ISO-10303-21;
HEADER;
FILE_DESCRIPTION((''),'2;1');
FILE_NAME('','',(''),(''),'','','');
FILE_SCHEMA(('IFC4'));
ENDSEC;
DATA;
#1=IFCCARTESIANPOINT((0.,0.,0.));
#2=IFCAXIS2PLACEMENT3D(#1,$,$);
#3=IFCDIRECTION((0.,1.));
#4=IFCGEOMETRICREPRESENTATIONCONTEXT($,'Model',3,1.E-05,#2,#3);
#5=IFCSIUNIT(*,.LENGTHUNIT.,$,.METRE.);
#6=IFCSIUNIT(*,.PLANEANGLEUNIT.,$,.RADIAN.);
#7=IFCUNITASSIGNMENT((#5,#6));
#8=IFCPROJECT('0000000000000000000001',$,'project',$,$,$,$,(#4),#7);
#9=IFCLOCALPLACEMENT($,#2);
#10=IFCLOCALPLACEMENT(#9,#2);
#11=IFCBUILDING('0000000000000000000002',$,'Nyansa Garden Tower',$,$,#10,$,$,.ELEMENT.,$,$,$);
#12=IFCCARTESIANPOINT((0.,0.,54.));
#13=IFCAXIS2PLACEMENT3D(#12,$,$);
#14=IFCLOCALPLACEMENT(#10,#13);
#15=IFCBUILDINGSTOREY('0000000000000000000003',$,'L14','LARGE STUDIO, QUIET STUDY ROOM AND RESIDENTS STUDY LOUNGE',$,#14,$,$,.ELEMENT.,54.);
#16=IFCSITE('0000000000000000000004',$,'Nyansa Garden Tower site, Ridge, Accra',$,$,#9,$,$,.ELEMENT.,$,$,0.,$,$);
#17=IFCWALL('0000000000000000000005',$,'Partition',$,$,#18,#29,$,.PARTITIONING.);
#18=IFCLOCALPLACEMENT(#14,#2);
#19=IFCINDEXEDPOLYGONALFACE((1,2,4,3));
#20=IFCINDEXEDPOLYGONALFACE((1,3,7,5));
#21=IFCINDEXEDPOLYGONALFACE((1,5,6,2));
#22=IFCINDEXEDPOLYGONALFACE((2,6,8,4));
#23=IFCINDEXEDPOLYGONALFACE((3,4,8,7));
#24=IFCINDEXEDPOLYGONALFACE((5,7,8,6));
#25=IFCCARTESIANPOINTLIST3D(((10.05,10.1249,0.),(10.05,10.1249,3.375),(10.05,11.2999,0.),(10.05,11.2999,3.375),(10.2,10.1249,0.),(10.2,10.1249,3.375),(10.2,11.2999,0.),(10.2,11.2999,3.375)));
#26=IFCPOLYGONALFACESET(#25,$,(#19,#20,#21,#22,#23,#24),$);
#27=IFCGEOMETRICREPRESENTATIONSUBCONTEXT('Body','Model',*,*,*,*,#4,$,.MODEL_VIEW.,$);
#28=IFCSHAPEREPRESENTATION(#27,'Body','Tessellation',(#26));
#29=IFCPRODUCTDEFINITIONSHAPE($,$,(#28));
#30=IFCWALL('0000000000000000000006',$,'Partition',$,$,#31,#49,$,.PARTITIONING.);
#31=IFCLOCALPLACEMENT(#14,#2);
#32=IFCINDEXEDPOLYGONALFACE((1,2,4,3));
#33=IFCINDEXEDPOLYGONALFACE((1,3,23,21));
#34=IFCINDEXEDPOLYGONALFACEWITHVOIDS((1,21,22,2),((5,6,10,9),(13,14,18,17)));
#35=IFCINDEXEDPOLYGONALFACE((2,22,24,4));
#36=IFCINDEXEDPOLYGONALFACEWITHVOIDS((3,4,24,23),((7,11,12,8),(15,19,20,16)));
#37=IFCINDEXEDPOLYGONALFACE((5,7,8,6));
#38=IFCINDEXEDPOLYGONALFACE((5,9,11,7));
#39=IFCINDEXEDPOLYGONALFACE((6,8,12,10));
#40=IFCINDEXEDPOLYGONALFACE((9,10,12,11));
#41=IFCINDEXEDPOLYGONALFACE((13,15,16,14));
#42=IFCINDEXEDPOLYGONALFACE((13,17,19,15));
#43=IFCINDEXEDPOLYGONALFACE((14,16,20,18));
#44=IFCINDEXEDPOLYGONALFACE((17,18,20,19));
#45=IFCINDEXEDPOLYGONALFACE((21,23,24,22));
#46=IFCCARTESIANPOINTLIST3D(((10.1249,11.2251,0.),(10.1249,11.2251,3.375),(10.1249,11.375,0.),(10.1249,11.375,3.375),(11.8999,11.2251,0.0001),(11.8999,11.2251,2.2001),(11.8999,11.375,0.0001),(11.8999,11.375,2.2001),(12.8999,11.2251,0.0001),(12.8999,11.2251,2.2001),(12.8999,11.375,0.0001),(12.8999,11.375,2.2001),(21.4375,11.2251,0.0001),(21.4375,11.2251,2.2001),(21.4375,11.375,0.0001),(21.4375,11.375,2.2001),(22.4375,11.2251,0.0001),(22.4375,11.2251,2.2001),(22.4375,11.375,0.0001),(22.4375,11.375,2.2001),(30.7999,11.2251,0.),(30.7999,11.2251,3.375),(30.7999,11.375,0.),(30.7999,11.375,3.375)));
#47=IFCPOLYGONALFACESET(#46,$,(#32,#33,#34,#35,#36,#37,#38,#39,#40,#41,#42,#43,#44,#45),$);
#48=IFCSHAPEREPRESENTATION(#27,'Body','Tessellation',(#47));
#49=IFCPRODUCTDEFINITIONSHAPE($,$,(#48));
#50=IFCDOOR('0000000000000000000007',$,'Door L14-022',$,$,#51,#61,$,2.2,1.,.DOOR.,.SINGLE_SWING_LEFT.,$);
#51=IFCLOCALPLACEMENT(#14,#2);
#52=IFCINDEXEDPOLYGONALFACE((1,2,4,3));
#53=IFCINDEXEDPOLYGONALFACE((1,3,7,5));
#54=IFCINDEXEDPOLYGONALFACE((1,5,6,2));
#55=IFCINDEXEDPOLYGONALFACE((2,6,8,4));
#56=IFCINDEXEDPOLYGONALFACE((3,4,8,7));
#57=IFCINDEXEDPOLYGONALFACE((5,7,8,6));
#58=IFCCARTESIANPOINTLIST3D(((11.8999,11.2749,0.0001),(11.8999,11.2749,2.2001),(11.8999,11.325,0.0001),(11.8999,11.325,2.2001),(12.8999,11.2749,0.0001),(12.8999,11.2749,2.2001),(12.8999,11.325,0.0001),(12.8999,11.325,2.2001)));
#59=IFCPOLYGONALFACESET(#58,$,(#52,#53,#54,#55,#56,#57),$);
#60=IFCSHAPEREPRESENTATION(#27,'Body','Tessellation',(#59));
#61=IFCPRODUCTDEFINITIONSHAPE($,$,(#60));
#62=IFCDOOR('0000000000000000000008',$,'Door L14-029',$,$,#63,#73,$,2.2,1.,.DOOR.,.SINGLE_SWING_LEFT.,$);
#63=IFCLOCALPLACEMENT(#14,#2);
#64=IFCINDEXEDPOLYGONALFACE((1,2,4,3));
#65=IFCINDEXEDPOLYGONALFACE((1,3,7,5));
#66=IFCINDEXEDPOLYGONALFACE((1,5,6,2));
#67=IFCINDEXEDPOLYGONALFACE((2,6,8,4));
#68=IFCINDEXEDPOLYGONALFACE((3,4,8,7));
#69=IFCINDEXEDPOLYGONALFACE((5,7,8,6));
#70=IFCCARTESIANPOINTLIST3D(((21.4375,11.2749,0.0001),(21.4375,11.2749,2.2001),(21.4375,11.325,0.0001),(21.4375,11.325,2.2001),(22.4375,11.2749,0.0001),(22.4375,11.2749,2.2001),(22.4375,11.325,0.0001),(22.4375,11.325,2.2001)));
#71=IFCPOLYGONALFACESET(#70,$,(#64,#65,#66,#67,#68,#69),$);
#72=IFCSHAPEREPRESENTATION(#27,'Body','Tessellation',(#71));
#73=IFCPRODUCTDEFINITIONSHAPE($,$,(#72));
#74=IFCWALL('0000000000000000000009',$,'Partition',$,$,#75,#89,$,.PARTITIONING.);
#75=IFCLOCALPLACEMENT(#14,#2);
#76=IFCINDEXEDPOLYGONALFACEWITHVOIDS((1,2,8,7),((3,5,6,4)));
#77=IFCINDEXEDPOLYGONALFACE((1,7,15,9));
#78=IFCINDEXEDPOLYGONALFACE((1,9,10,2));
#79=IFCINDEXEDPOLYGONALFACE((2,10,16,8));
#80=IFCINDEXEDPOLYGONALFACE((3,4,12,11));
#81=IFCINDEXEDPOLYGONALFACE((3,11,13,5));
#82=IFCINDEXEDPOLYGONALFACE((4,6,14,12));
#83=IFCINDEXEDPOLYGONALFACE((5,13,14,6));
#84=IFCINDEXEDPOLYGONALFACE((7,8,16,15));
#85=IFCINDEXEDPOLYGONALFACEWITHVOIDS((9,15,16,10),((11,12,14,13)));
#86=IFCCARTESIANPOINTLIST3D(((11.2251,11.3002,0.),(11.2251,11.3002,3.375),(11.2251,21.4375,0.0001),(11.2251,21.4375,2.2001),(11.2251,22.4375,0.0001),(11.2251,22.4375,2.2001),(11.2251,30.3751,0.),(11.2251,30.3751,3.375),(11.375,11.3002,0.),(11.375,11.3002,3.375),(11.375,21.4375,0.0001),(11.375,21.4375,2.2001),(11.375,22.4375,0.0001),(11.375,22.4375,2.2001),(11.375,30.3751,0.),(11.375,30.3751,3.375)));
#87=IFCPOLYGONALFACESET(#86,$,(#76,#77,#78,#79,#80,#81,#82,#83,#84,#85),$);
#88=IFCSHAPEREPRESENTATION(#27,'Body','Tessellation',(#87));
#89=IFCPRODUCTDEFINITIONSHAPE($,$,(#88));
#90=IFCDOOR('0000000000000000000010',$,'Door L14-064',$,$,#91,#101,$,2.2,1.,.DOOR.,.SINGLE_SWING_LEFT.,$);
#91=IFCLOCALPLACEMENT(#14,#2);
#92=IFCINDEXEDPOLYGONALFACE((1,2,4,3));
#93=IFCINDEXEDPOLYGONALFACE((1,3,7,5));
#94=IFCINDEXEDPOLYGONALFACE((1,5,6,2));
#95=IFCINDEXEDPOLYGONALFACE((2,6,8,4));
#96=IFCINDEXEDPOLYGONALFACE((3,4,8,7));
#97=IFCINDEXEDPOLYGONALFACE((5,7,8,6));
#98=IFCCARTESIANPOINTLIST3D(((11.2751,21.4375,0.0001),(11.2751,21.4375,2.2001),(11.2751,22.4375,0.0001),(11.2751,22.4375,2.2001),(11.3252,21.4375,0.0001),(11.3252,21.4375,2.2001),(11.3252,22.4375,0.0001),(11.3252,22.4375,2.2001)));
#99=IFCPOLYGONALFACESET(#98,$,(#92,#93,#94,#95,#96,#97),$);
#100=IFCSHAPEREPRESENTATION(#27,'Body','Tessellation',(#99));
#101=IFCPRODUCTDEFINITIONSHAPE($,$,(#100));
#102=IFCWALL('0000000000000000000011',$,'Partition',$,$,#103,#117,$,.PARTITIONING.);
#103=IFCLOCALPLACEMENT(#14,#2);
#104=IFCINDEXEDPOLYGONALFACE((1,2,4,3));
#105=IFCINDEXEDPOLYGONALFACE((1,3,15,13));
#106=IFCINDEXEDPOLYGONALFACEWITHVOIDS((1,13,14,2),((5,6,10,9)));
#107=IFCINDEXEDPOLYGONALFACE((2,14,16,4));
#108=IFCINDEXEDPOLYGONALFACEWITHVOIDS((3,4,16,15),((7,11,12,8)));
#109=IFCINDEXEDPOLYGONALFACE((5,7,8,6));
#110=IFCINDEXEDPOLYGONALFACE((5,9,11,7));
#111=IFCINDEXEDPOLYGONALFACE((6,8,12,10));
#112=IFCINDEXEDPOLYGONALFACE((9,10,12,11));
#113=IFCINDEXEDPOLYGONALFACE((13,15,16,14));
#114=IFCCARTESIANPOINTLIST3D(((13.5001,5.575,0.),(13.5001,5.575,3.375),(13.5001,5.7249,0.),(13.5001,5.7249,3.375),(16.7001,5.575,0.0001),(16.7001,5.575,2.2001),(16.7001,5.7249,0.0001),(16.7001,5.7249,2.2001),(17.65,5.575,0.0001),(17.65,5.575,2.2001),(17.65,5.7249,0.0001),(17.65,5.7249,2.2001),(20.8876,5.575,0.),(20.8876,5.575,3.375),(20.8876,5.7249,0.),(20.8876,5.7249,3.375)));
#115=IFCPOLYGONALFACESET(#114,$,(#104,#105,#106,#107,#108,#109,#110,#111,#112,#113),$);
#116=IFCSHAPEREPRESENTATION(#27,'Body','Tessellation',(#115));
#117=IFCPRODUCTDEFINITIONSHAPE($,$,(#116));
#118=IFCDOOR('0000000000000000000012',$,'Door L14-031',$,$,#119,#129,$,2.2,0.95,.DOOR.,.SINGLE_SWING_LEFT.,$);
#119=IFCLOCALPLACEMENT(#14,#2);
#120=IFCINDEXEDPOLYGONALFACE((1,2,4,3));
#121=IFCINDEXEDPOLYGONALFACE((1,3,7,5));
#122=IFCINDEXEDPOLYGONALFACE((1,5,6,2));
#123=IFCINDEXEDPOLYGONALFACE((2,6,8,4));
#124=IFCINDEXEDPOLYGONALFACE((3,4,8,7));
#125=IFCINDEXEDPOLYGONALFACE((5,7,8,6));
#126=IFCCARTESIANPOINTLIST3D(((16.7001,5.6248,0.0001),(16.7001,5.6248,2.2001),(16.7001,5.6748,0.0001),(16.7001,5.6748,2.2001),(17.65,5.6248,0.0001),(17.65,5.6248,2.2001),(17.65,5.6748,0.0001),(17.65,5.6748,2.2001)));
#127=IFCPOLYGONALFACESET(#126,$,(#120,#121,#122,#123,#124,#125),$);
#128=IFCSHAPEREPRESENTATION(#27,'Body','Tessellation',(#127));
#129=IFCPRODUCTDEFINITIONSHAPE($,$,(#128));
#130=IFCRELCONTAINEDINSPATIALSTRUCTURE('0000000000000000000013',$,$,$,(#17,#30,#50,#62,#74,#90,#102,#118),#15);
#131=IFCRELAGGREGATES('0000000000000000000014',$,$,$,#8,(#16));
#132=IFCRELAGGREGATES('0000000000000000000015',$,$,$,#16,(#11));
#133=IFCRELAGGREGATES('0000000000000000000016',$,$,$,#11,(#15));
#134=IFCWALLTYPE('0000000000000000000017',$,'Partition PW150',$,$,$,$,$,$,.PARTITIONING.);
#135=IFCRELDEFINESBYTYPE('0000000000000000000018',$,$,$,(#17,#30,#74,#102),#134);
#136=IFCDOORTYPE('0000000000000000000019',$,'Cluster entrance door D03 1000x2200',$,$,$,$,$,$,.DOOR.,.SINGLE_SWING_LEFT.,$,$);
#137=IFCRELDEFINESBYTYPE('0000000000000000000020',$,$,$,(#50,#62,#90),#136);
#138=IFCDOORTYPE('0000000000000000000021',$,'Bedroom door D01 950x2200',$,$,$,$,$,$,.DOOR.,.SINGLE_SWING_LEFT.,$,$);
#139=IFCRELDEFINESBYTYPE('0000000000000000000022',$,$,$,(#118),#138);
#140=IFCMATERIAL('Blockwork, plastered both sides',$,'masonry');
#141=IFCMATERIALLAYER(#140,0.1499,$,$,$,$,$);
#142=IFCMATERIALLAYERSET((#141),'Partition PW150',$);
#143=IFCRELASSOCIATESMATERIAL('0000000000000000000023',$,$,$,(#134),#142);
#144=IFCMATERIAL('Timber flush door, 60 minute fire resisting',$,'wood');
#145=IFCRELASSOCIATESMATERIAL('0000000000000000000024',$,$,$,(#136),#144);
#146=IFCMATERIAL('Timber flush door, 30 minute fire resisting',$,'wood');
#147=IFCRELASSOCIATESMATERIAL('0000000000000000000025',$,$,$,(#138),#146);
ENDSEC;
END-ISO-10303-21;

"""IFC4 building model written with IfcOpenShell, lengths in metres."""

from ifc_helpers import new_model, si_unit, direction, frame, frame_2d, origin, place, context, subcontext, project, spatial, rectangle, extrude, material, layer, layer_set, type_object, element, fill, save


model = new_model("IFC4")

# Units and contexts
model_context = context("Model", 3, precision=1e-05, world=origin(), true_north=direction((0.0, 1.0)))
body_context = subcontext(model_context, "Body", "Model", "MODEL_VIEW")
ifc_project = project(units=[si_unit("LENGTHUNIT", "METRE"), si_unit("PLANEANGLEUNIT", "RADIAN")], contexts=[model_context])

# Site, building, storey
site_placement = place(None, origin())
site = spatial("IfcSite", under=ifc_project, at=site_placement, Name="Nyansa Garden Tower site, Ridge, Accra", CompositionType="ELEMENT", RefElevation=0.0)
building_placement = place(site_placement, origin())
building = spatial("IfcBuilding", under=site, at=building_placement, Name="Nyansa Garden Tower", CompositionType="ELEMENT")
storey_placement = place(building_placement, frame((0.0, 0.0, 54.0)))
storey = spatial("IfcBuildingStorey", under=building, at=storey_placement, Name="L14", Description="LARGE STUDIO, QUIET STUDY ROOM AND RESIDENTS STUDY LOUNGE", CompositionType="ELEMENT", Elevation=54.0)

# Wall
ifc_material_1 = material(Name="Blockwork, plastered both sides", Category="masonry")
ifc_layer = layer(ifc_material_1, 0.1499)
ifc_layer_set = layer_set([ifc_layer], Name="Partition PW150")
wall_type = type_object("IfcWallType", Name="Partition PW150", PredefinedType="PARTITIONING", material=ifc_layer_set)
wall_1_placement = place(storey_placement, frame((10.125, 10.125, 0.0), z_axis=(0.0, 0.0, 1.0), x_axis=(0.0, 1.0, 0.0)))
element("IfcWall", 1, at=wall_1_placement, inside=storey, type_object=wall_type, Name="Partition", PredefinedType="PARTITIONING", context=body_context, shape_type="SweptSolid", body=[
    extrude(rectangle(XDim=1.175, YDim=0.1499, at=frame_2d((0.5874, 0.0))), origin(), (0.0, 0.0, 1.0), 3.375),
])

# Wall, openings, doors
wall_2_placement = place(storey_placement, frame((10.125, 11.3, 0.0), z_axis=(0.0, 0.0, 1.0), x_axis=(1.0, 0.0, 0.0)))
wall_2 = element("IfcWall", 2, at=wall_2_placement, inside=storey, type_object=wall_type, Name="Partition", PredefinedType="PARTITIONING", context=body_context, shape_type="SweptSolid", body=[
    extrude(rectangle(XDim=20.675, YDim=0.1499, at=frame_2d((10.3374, 0.0))), origin(), (0.0, 0.0, 1.0), 3.375),
])
opening_1_placement = place(wall_2_placement, frame((1.7749, 0.0, 0.0)))
opening_1 = element("IfcOpeningElement", 3, at=opening_1_placement, cuts=wall_2, PredefinedType="OPENING", context=body_context, shape_type="SweptSolid", body=[
    extrude(rectangle(XDim=1.0, YDim=2.2, at=frame_2d((0.5, 1.1001))), frame((0.0, 0.085, 0.0), z_axis=(0.0, -1.0, 0.0), x_axis=(1.0, 0.0, 0.0)), (0.0, 0.0, 1.0), 0.1699),
])
opening_2_placement = place(wall_2_placement, frame((11.3125, 0.0, 0.0)))
opening_2 = element("IfcOpeningElement", 4, at=opening_2_placement, cuts=wall_2, PredefinedType="OPENING", context=body_context, shape_type="SweptSolid", body=[
    extrude(rectangle(XDim=1.0, YDim=2.2, at=frame_2d((0.5, 1.1001))), frame((0.0, 0.085, 0.0), z_axis=(0.0, -1.0, 0.0), x_axis=(1.0, 0.0, 0.0)), (0.0, 0.0, 1.0), 0.1699),
])
ifc_material_2 = material(Name="Timber flush door, 60 minute fire resisting", Category="wood")
door_type_1 = type_object("IfcDoorType", Name="Cluster entrance door D03 1000x2200", OperationType="SINGLE_SWING_LEFT", PredefinedType="DOOR", material=ifc_material_2)
door_1_placement = place(opening_1_placement, origin())
door_1 = element("IfcDoor", 5, at=door_1_placement, inside=storey, type_object=door_type_1, Name="Door L14-022", OperationType="SINGLE_SWING_LEFT", OverallHeight=2.2, OverallWidth=1.0, PredefinedType="DOOR", context=body_context, shape_type="SweptSolid", body=[
    extrude(rectangle(XDim=1.0, YDim=2.2, at=frame_2d((0.5, 1.1001))), frame((0.0, 0.0249, 0.0), z_axis=(0.0, -1.0, 0.0), x_axis=(1.0, 0.0, 0.0)), (0.0, 0.0, 1.0), 0.05),
])
fill(opening_1, door_1)
door_2_placement = place(opening_2_placement, origin())
door_2 = element("IfcDoor", 6, at=door_2_placement, inside=storey, type_object=door_type_1, Name="Door L14-029", OperationType="SINGLE_SWING_LEFT", OverallHeight=2.2, OverallWidth=1.0, PredefinedType="DOOR", context=body_context, shape_type="SweptSolid", body=[
    extrude(rectangle(XDim=1.0, YDim=2.2, at=frame_2d((0.5, 1.1001))), frame((0.0, 0.0249, 0.0), z_axis=(0.0, -1.0, 0.0), x_axis=(1.0, 0.0, 0.0)), (0.0, 0.0, 1.0), 0.05),
])
fill(opening_2, door_2)

# Walls, openings, doors
wall_3_placement = place(storey_placement, frame((11.3, 11.3, 0.0), z_axis=(0.0, 0.0, 1.0), x_axis=(0.0, 1.0, 0.0)))
wall_3 = element("IfcWall", 7, at=wall_3_placement, inside=storey, type_object=wall_type, Name="Partition", PredefinedType="PARTITIONING", context=body_context, shape_type="SweptSolid", body=[
    extrude(rectangle(XDim=19.075, YDim=0.1499, at=frame_2d((9.5376, 0.0))), origin(), (0.0, 0.0, 1.0), 3.375),
])
opening_3_placement = place(wall_3_placement, frame((10.1375, 0.0, 0.0)))
opening_3 = element("IfcOpeningElement", 8, at=opening_3_placement, cuts=wall_3, PredefinedType="OPENING", context=body_context, shape_type="SweptSolid", body=[
    extrude(rectangle(XDim=1.0, YDim=2.2, at=frame_2d((0.5, 1.1001))), frame((0.0, 0.085, 0.0), z_axis=(0.0, -1.0, 0.0), x_axis=(1.0, 0.0, 0.0)), (0.0, 0.0, 1.0), 0.1699),
])
door_3_placement = place(opening_3_placement, origin())
door_3 = element("IfcDoor", 9, at=door_3_placement, inside=storey, type_object=door_type_1, Name="Door L14-064", OperationType="SINGLE_SWING_LEFT", OverallHeight=2.2, OverallWidth=1.0, PredefinedType="DOOR", context=body_context, shape_type="SweptSolid", body=[
    extrude(rectangle(XDim=1.0, YDim=2.2, at=frame_2d((0.5, 1.1001))), frame((0.0, 0.0249, 0.0), z_axis=(0.0, -1.0, 0.0), x_axis=(1.0, 0.0, 0.0)), (0.0, 0.0, 1.0), 0.05),
])
fill(opening_3, door_3)
wall_4_placement = place(storey_placement, frame((13.5, 5.6499, 0.0), z_axis=(0.0, 0.0, 1.0), x_axis=(1.0, 0.0, 0.0)))
wall_4 = element("IfcWall", 10, at=wall_4_placement, inside=storey, type_object=wall_type, Name="Partition", PredefinedType="PARTITIONING", context=body_context, shape_type="SweptSolid", body=[
    extrude(rectangle(XDim=7.3875, YDim=0.1499, at=frame_2d((3.6938, 0.0))), origin(), (0.0, 0.0, 1.0), 3.375),
])
opening_4_placement = place(wall_4_placement, frame((3.2, 0.0, 0.0)))
opening_4 = element("IfcOpeningElement", 11, at=opening_4_placement, cuts=wall_4, PredefinedType="OPENING", context=body_context, shape_type="SweptSolid", body=[
    extrude(rectangle(XDim=0.95, YDim=2.2, at=frame_2d((0.4751, 1.1001))), frame((0.0, 0.085, 0.0), z_axis=(0.0, -1.0, 0.0), x_axis=(1.0, 0.0, 0.0)), (0.0, 0.0, 1.0), 0.1699),
])
ifc_material_3 = material(Name="Timber flush door, 30 minute fire resisting", Category="wood")
door_type_2 = type_object("IfcDoorType", Name="Bedroom door D01 950x2200", OperationType="SINGLE_SWING_LEFT", PredefinedType="DOOR", material=ifc_material_3)
door_4_placement = place(opening_4_placement, origin())
door_4 = element("IfcDoor", 12, at=door_4_placement, inside=storey, type_object=door_type_2, Name="Door L14-031", OperationType="SINGLE_SWING_LEFT", OverallHeight=2.2, OverallWidth=0.95, PredefinedType="DOOR", context=body_context, shape_type="SweptSolid", body=[
    extrude(rectangle(XDim=0.95, YDim=2.2, at=frame_2d((0.4751, 1.1001))), frame((0.0, 0.0249, 0.0), z_axis=(0.0, -1.0, 0.0), x_axis=(1.0, 0.0, 0.0)), (0.0, 0.0, 1.0), 0.05),
])
fill(opening_4, door_4)

save(model, "model.ifc")
